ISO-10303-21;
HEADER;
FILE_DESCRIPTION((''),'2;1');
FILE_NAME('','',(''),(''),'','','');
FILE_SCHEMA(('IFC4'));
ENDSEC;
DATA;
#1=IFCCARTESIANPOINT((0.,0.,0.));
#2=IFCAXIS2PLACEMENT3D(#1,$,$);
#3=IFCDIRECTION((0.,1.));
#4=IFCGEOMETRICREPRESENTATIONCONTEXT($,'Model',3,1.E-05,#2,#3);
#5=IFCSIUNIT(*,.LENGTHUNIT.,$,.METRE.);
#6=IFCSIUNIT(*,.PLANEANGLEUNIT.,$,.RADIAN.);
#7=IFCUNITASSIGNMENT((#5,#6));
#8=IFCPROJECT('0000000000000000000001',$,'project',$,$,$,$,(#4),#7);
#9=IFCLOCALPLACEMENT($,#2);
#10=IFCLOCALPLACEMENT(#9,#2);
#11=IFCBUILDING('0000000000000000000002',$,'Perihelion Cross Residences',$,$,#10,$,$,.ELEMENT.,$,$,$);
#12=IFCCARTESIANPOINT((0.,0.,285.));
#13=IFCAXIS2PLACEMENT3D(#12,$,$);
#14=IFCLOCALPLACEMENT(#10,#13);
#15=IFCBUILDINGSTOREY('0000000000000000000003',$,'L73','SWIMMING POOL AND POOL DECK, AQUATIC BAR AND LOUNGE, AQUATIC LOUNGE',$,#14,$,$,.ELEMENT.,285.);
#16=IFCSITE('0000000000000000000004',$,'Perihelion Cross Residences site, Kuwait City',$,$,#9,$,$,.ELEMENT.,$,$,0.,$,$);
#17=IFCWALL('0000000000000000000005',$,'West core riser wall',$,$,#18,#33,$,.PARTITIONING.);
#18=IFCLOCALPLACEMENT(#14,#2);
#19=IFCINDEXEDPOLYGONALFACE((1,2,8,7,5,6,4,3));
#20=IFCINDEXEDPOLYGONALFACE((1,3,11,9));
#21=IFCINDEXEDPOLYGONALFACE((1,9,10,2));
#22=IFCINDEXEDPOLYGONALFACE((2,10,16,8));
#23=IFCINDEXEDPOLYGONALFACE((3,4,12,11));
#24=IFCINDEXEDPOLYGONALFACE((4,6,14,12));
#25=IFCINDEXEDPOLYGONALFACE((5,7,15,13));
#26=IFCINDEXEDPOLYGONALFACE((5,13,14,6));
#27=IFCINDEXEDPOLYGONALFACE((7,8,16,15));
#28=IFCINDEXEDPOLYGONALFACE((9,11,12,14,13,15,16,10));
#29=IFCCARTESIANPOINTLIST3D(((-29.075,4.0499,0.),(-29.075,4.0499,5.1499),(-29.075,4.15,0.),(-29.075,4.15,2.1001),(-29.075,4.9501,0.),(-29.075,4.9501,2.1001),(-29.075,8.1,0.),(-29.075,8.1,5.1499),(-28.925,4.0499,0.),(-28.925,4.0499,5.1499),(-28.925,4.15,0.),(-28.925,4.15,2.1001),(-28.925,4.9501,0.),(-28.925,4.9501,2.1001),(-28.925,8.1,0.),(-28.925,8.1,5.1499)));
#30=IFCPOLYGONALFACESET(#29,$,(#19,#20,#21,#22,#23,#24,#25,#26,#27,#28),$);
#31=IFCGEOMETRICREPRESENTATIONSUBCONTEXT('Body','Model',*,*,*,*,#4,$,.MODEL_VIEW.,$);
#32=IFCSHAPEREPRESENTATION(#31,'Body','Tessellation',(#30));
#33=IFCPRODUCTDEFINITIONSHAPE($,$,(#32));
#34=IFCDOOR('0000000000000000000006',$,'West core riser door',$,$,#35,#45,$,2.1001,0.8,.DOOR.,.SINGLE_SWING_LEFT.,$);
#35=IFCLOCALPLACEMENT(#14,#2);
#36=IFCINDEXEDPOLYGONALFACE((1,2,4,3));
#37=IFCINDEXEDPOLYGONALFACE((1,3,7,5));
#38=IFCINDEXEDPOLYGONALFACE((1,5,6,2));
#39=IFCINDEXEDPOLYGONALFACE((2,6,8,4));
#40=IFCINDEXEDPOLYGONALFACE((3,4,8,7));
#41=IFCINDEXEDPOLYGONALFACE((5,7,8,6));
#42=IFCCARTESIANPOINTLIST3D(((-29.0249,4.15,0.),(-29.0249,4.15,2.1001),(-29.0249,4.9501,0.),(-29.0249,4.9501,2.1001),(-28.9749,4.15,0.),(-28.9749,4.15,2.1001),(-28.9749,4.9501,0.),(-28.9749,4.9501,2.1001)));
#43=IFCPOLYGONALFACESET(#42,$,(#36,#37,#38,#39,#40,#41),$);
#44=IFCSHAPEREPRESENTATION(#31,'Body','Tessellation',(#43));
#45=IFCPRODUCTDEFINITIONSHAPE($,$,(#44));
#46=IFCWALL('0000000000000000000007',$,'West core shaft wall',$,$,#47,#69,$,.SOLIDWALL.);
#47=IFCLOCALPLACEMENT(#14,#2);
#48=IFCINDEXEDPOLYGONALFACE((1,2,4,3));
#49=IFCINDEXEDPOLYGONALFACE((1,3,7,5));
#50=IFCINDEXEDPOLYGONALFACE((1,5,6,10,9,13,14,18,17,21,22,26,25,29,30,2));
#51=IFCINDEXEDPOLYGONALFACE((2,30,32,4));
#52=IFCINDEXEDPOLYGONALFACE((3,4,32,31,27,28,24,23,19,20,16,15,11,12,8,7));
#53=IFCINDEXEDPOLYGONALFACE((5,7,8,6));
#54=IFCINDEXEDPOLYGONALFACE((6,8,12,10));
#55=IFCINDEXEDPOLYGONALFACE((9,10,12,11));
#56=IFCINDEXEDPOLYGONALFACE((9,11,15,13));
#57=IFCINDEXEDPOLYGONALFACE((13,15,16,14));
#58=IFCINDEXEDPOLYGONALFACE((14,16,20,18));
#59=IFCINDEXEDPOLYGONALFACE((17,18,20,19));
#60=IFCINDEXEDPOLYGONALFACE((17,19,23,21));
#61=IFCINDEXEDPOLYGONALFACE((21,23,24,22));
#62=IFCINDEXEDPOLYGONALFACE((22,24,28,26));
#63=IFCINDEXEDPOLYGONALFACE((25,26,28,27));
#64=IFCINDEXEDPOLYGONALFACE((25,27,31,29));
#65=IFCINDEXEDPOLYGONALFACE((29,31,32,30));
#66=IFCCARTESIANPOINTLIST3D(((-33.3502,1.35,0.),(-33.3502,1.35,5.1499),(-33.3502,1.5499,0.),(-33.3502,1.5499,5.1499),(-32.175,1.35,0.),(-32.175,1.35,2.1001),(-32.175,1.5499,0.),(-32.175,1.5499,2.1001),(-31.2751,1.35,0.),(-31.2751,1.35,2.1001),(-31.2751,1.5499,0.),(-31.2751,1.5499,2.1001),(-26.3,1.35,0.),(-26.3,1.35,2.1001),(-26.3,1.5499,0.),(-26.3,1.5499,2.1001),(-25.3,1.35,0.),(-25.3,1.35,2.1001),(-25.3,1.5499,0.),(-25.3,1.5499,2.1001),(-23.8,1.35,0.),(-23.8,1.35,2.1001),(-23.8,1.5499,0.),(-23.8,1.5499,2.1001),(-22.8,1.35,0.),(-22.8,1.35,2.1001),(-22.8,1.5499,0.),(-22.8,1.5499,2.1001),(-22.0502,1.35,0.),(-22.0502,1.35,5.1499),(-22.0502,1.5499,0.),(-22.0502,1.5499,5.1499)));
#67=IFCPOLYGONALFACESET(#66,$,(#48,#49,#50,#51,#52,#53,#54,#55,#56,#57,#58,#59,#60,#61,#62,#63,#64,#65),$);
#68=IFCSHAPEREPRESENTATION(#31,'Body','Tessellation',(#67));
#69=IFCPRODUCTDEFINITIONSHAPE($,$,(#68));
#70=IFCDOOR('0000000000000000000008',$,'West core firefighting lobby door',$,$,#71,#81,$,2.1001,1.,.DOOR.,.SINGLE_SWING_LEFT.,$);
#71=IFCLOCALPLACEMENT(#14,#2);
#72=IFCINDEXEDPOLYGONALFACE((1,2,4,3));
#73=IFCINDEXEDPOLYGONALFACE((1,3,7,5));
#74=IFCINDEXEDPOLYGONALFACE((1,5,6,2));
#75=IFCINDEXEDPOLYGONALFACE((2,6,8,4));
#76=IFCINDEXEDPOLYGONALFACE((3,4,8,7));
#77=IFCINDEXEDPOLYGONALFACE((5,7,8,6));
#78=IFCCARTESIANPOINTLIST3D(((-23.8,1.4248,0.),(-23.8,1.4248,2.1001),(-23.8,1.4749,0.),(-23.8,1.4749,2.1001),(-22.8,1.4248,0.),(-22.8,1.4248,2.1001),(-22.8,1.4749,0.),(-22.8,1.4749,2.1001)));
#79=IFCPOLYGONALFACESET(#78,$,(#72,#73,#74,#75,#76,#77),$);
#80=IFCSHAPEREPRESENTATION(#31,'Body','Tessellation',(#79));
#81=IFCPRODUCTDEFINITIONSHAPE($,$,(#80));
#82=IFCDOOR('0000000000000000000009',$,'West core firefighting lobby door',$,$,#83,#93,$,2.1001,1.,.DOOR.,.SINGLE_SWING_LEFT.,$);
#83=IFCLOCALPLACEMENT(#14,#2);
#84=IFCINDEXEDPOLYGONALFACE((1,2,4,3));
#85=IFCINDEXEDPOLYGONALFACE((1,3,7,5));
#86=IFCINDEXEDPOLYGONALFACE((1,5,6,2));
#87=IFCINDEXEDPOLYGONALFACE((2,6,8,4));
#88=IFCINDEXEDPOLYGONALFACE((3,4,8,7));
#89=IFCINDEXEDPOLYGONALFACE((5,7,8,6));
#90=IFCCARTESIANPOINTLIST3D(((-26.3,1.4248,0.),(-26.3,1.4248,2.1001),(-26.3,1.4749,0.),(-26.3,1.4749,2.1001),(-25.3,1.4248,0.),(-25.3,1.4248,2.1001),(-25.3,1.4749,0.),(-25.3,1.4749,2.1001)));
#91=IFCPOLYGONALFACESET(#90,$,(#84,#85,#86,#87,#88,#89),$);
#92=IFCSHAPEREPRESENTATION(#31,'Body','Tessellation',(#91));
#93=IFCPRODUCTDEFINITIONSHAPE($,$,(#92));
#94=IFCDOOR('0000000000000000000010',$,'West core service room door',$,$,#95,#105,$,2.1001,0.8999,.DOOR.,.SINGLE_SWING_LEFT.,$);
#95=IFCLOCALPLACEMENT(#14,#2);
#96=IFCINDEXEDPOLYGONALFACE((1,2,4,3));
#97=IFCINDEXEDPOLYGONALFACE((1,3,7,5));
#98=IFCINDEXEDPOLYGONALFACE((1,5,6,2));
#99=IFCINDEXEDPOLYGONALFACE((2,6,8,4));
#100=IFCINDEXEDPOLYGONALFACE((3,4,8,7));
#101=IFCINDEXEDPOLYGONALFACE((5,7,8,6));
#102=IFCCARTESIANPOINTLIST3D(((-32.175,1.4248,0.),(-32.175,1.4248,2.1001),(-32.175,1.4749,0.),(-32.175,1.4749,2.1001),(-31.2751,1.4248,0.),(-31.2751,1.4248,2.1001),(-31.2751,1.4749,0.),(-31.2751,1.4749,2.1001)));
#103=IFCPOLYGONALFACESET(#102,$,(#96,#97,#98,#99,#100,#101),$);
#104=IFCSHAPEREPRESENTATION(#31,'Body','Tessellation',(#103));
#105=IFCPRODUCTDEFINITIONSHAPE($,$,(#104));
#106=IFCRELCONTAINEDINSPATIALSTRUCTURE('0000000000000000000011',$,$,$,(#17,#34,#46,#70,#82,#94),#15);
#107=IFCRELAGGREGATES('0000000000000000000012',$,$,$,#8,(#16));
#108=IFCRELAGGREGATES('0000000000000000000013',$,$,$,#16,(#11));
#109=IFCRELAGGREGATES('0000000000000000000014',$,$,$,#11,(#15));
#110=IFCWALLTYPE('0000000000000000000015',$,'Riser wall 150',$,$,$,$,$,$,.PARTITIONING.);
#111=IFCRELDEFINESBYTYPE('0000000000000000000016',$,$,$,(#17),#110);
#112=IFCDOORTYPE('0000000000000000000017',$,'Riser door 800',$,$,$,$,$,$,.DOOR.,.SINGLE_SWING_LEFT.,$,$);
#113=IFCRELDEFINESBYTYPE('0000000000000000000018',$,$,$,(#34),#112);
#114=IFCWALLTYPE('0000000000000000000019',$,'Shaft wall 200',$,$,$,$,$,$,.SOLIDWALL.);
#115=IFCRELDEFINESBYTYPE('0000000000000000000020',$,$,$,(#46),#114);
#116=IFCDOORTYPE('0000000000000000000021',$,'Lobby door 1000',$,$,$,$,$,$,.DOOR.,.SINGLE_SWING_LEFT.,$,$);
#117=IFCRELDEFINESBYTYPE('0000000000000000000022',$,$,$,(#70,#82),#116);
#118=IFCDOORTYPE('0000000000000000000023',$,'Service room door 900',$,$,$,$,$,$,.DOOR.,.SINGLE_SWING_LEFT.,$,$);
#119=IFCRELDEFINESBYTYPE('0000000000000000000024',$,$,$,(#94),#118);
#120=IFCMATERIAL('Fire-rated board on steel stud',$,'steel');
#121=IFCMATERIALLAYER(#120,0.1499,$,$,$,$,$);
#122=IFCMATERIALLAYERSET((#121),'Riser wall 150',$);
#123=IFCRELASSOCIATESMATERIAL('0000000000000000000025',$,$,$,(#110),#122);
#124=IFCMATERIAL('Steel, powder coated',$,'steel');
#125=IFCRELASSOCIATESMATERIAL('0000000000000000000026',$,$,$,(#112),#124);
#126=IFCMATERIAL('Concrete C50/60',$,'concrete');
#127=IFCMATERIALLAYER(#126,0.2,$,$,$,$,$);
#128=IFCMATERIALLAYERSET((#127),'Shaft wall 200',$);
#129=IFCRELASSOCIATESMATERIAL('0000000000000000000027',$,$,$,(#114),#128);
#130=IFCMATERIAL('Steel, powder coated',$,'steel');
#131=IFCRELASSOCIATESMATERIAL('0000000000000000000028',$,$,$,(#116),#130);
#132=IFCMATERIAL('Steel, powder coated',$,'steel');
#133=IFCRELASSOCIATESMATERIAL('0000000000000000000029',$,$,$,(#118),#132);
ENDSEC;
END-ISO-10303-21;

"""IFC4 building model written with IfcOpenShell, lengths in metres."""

from ifc_helpers import new_model, si_unit, direction, frame, frame_2d, origin, place, context, subcontext, project, spatial, rectangle, extrude, material, layer, layer_set, type_object, element, fill, save


model = new_model("IFC4")

# Units and contexts
model_context = context("Model", 3, precision=1e-05, world=origin(), true_north=direction((0.0, 1.0)))
body_context = subcontext(model_context, "Body", "Model", "MODEL_VIEW")
ifc_project = project(units=[si_unit("LENGTHUNIT", "METRE"), si_unit("PLANEANGLEUNIT", "RADIAN")], contexts=[model_context])

# Site, building, storey
site_placement = place(None, origin())
site = spatial("IfcSite", under=ifc_project, at=site_placement, Name="Perihelion Cross Residences site, Kuwait City", CompositionType="ELEMENT", RefElevation=0.0)
building_placement = place(site_placement, origin())
building = spatial("IfcBuilding", under=site, at=building_placement, Name="Perihelion Cross Residences", CompositionType="ELEMENT")
storey_placement = place(building_placement, frame((0.0, 0.0, 285.0)))
storey = spatial("IfcBuildingStorey", under=building, at=storey_placement, Name="L73", Description="SWIMMING POOL AND POOL DECK, AQUATIC BAR AND LOUNGE, AQUATIC LOUNGE", CompositionType="ELEMENT", Elevation=285.0)

# Wall, opening, door
ifc_material_1 = material(Name="Fire-rated board on steel stud", Category="steel")
ifc_layer_1 = layer(ifc_material_1, 0.1499)
ifc_layer_set_1 = layer_set([ifc_layer_1], Name="Riser wall 150")
wall_type_1 = type_object("IfcWallType", Name="Riser wall 150", PredefinedType="PARTITIONING", material=ifc_layer_set_1)
wall_1_placement = place(storey_placement, frame((-29.0, 4.05, 0.0), z_axis=(0.0, 0.0, 1.0), x_axis=(0.0, 1.0, 0.0)))
wall_1 = element("IfcWall", 1, at=wall_1_placement, inside=storey, type_object=wall_type_1, Name="West core riser wall", PredefinedType="PARTITIONING", context=body_context, shape_type="SweptSolid", body=[
    extrude(rectangle(XDim=4.05, YDim=0.1499, at=frame_2d((2.0249, 0.0))), origin(), (0.0, 0.0, 1.0), 5.1499),
])
opening_1_placement = place(wall_1_placement, frame((0.1001, 0.0, 0.0)))
opening_1 = element("IfcOpeningElement", 2, at=opening_1_placement, cuts=wall_1, PredefinedType="OPENING", context=body_context, shape_type="SweptSolid", body=[
    extrude(rectangle(XDim=0.8, YDim=2.1001, at=frame_2d((0.3999, 1.05))), frame((0.0, 0.085, 0.0), z_axis=(0.0, -1.0, 0.0), x_axis=(1.0, 0.0, 0.0)), (0.0, 0.0, 1.0), 0.1699),
])
ifc_material_2 = material(Name="Steel, powder coated", Category="steel")
door_type_1 = type_object("IfcDoorType", Name="Riser door 800", OperationType="SINGLE_SWING_LEFT", PredefinedType="DOOR", material=ifc_material_2)
door_1_placement = place(opening_1_placement, origin())
door_1 = element("IfcDoor", 3, at=door_1_placement, inside=storey, type_object=door_type_1, Name="West core riser door", OperationType="SINGLE_SWING_LEFT", OverallHeight=2.1001, OverallWidth=0.8, PredefinedType="DOOR", context=body_context, shape_type="SweptSolid", body=[
    extrude(rectangle(XDim=0.8, YDim=2.1001, at=frame_2d((0.3999, 1.05))), frame((0.0, 0.0249, 0.0), z_axis=(0.0, -1.0, 0.0), x_axis=(1.0, 0.0, 0.0)), (0.0, 0.0, 1.0), 0.05),
])
fill(opening_1, door_1)

# Wall, openings, doors
ifc_material_3 = material(Name="Concrete C50/60", Category="concrete")
ifc_layer_2 = layer(ifc_material_3, 0.2)
ifc_layer_set_2 = layer_set([ifc_layer_2], Name="Shaft wall 200")
wall_type_2 = type_object("IfcWallType", Name="Shaft wall 200", PredefinedType="SOLIDWALL", material=ifc_layer_set_2)
wall_2_placement = place(storey_placement, frame((-33.3501, 1.45, 0.0), z_axis=(0.0, 0.0, 1.0), x_axis=(1.0, 0.0, 0.0)))
wall_2 = element("IfcWall", 4, at=wall_2_placement, inside=storey, type_object=wall_type_2, Name="West core shaft wall", PredefinedType="SOLIDWALL", context=body_context, shape_type="SweptSolid", body=[
    extrude(rectangle(XDim=11.3, YDim=0.2, at=frame_2d((5.6499, 0.0))), origin(), (0.0, 0.0, 1.0), 5.1499),
])
opening_2_placement = place(wall_2_placement, frame((9.55, 0.0, 0.0)))
opening_2 = element("IfcOpeningElement", 5, at=opening_2_placement, cuts=wall_2, PredefinedType="OPENING", context=body_context, shape_type="SweptSolid", body=[
    extrude(rectangle(XDim=1.0, YDim=2.1001, at=frame_2d((0.5, 1.05))), frame((0.0, 0.1099, 0.0), z_axis=(0.0, -1.0, 0.0), x_axis=(1.0, 0.0, 0.0)), (0.0, 0.0, 1.0), 0.22),
])
opening_3_placement = place(wall_2_placement, frame((7.05, 0.0, 0.0)))
opening_3 = element("IfcOpeningElement", 6, at=opening_3_placement, cuts=wall_2, PredefinedType="OPENING", context=body_context, shape_type="SweptSolid", body=[
    extrude(rectangle(XDim=1.0, YDim=2.1001, at=frame_2d((0.5, 1.05))), frame((0.0, 0.1099, 0.0), z_axis=(0.0, -1.0, 0.0), x_axis=(1.0, 0.0, 0.0)), (0.0, 0.0, 1.0), 0.22),
])
opening_4_placement = place(wall_2_placement, frame((1.175, 0.0, 0.0)))
opening_4 = element("IfcOpeningElement", 7, at=opening_4_placement, cuts=wall_2, PredefinedType="OPENING", context=body_context, shape_type="SweptSolid", body=[
    extrude(rectangle(XDim=0.8999, YDim=2.1001, at=frame_2d((0.45, 1.05))), frame((0.0, 0.1099, 0.0), z_axis=(0.0, -1.0, 0.0), x_axis=(1.0, 0.0, 0.0)), (0.0, 0.0, 1.0), 0.22),
])
ifc_material_4 = material(Name="Steel, powder coated", Category="steel")
door_type_2 = type_object("IfcDoorType", Name="Lobby door 1000", OperationType="SINGLE_SWING_LEFT", PredefinedType="DOOR", material=ifc_material_4)
door_2_placement = place(opening_2_placement, origin())
door_2 = element("IfcDoor", 8, at=door_2_placement, inside=storey, type_object=door_type_2, Name="West core firefighting lobby door", OperationType="SINGLE_SWING_LEFT", OverallHeight=2.1001, OverallWidth=1.0, PredefinedType="DOOR", context=body_context, shape_type="SweptSolid", body=[
    extrude(rectangle(XDim=1.0, YDim=2.1001, at=frame_2d((0.5, 1.05))), frame((0.0, 0.0249, 0.0), z_axis=(0.0, -1.0, 0.0), x_axis=(1.0, 0.0, 0.0)), (0.0, 0.0, 1.0), 0.05),
])
fill(opening_2, door_2)
door_3_placement = place(opening_3_placement, origin())
door_3 = element("IfcDoor", 9, at=door_3_placement, inside=storey, type_object=door_type_2, Name="West core firefighting lobby door", OperationType="SINGLE_SWING_LEFT", OverallHeight=2.1001, OverallWidth=1.0, PredefinedType="DOOR", context=body_context, shape_type="SweptSolid", body=[
    extrude(rectangle(XDim=1.0, YDim=2.1001, at=frame_2d((0.5, 1.05))), frame((0.0, 0.0249, 0.0), z_axis=(0.0, -1.0, 0.0), x_axis=(1.0, 0.0, 0.0)), (0.0, 0.0, 1.0), 0.05),
])
fill(opening_3, door_3)
ifc_material_5 = material(Name="Steel, powder coated", Category="steel")
door_type_3 = type_object("IfcDoorType", Name="Service room door 900", OperationType="SINGLE_SWING_LEFT", PredefinedType="DOOR", material=ifc_material_5)
door_4_placement = place(opening_4_placement, origin())
door_4 = element("IfcDoor", 10, at=door_4_placement, inside=storey, type_object=door_type_3, Name="West core service room door", OperationType="SINGLE_SWING_LEFT", OverallHeight=2.1001, OverallWidth=0.8999, PredefinedType="DOOR", context=body_context, shape_type="SweptSolid", body=[
    extrude(rectangle(XDim=0.8999, YDim=2.1001, at=frame_2d((0.45, 1.05))), frame((0.0, 0.0249, 0.0), z_axis=(0.0, -1.0, 0.0), x_axis=(1.0, 0.0, 0.0)), (0.0, 0.0, 1.0), 0.05),
])
fill(opening_4, door_4)

save(model, "model.ifc")
